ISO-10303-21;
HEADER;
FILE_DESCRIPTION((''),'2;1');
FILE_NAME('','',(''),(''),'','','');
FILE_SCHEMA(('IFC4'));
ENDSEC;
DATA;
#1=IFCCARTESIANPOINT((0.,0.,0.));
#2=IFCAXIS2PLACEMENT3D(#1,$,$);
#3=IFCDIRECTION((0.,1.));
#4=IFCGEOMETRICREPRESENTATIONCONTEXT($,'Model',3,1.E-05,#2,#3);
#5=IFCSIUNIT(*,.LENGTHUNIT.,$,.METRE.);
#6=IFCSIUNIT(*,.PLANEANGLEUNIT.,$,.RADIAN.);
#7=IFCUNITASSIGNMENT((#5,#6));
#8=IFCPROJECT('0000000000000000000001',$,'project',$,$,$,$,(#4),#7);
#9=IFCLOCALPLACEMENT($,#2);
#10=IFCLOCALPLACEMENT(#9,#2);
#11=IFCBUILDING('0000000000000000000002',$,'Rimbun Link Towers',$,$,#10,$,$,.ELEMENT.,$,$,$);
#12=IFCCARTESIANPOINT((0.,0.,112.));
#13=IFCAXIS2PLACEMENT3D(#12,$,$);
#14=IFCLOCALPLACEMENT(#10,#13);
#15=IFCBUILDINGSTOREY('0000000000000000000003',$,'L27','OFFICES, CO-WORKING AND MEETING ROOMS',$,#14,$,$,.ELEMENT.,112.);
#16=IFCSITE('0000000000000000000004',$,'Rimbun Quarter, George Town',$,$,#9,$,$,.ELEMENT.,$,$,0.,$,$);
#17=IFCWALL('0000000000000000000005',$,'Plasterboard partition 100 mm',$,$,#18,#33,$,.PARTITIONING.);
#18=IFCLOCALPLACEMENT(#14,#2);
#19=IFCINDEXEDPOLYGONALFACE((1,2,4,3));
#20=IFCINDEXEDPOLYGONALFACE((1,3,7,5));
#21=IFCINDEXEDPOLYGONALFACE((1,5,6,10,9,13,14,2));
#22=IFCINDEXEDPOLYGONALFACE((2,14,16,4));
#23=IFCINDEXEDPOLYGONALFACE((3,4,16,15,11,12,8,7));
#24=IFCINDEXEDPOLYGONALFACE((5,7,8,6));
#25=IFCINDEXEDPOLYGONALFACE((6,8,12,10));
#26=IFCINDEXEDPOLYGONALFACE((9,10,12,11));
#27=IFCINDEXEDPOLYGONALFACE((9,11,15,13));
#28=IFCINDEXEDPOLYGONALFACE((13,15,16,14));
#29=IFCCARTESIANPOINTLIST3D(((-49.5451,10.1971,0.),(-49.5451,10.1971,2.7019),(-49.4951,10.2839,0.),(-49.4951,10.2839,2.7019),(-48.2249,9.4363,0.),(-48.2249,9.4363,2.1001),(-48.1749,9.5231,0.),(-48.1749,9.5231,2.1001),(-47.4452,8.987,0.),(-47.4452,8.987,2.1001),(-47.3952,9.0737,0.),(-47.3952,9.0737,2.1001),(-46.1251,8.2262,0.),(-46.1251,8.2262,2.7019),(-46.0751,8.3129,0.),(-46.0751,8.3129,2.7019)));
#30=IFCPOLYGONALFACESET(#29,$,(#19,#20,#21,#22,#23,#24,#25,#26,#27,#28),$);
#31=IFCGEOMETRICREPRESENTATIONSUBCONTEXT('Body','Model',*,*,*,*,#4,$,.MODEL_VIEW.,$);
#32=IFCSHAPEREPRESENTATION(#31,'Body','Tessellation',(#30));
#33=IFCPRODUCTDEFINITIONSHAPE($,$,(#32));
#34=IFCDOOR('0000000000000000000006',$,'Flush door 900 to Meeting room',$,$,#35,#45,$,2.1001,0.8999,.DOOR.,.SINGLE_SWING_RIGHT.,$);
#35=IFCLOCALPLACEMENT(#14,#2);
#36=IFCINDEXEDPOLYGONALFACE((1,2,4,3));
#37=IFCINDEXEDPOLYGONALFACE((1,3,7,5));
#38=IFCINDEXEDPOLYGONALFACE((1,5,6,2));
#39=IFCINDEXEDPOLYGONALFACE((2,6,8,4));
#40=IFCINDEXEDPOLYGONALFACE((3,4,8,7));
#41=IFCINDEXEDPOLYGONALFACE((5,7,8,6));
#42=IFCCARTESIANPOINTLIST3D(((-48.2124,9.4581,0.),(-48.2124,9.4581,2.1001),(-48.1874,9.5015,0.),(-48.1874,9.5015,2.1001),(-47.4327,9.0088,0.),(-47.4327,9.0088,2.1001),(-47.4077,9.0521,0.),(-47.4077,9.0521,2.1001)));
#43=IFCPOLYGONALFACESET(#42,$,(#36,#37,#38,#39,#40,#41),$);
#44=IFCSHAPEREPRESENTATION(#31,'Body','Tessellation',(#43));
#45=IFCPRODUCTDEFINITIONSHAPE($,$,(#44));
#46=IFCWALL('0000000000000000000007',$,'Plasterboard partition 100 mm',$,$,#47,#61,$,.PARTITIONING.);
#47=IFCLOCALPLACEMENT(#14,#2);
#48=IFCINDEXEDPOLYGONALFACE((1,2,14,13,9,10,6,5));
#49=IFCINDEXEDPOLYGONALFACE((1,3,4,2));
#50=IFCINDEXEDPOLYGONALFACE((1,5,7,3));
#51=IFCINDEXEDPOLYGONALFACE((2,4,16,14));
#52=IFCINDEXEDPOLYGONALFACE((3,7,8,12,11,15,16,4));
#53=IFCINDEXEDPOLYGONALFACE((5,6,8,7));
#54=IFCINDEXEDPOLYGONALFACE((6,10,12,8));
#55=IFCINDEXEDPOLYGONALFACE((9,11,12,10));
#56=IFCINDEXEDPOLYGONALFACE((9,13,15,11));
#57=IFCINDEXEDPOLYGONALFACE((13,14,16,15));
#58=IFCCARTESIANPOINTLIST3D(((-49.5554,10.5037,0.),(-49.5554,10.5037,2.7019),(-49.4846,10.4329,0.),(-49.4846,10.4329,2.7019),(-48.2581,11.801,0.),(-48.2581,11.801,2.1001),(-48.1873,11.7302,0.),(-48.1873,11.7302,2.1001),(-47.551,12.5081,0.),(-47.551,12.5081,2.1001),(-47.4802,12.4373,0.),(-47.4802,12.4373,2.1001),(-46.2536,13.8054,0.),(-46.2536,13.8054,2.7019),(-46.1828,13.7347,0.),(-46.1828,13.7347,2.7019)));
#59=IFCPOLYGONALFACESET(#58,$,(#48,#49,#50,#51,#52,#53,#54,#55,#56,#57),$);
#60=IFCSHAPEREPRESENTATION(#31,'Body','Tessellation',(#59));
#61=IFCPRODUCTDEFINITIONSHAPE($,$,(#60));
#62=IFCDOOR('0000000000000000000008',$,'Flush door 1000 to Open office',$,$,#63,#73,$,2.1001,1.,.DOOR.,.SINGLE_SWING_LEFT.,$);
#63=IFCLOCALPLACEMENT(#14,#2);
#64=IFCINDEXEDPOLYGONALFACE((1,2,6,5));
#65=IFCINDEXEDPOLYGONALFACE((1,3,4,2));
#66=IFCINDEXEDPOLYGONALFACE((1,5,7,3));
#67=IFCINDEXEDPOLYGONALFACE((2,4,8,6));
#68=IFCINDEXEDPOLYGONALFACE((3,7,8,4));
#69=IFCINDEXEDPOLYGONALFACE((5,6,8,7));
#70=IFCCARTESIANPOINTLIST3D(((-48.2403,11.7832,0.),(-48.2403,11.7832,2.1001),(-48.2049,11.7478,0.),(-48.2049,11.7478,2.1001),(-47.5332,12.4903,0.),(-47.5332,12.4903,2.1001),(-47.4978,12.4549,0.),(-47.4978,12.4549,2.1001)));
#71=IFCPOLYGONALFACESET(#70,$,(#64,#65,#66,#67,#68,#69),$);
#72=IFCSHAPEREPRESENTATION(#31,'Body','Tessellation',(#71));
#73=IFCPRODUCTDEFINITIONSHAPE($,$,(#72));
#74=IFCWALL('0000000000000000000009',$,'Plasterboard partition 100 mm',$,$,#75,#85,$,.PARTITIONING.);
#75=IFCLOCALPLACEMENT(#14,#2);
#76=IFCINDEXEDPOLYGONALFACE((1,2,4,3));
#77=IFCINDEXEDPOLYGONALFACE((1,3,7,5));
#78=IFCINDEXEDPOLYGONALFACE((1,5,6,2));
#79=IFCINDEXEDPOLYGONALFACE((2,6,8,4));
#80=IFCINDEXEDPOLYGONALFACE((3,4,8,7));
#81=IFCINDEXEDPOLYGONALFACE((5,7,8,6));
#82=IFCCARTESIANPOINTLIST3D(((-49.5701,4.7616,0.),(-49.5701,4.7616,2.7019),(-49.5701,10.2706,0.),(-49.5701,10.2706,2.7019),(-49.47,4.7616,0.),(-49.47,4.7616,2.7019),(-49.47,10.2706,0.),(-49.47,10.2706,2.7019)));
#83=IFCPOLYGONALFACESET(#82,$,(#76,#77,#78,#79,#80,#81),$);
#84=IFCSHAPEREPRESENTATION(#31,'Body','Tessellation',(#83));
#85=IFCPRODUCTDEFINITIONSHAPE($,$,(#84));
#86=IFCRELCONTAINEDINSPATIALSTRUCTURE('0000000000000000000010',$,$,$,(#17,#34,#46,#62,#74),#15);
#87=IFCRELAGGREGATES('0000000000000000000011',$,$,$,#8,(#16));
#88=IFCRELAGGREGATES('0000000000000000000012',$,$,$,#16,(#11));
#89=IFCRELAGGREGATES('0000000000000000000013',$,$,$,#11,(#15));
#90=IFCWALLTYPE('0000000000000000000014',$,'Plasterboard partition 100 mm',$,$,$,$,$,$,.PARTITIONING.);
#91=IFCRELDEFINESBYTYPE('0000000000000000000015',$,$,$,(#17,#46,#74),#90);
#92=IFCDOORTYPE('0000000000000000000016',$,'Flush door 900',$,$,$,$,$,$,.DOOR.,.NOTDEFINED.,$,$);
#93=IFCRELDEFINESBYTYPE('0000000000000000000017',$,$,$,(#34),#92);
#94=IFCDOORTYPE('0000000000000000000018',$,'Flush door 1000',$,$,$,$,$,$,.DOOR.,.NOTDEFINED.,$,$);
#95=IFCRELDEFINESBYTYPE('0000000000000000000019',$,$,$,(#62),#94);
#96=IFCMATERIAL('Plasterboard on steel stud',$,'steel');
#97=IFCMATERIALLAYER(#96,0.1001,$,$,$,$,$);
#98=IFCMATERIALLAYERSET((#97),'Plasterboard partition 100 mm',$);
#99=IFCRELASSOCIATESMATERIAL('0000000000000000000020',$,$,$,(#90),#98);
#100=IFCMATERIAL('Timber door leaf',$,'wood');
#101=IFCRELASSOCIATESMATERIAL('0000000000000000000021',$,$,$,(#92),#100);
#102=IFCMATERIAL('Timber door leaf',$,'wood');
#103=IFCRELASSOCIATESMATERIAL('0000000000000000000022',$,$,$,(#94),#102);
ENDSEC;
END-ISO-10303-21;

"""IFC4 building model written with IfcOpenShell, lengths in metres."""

from ifc_helpers import new_model, si_unit, direction, frame, frame_2d, origin, place, context, subcontext, project, spatial, rectangle, extrude, material, layer, layer_set, type_object, element, fill, save


model = new_model("IFC4")

# Units and contexts
model_context = context("Model", 3, precision=1e-05, world=origin(), true_north=direction((0.0, 1.0)))
body_context = subcontext(model_context, "Body", "Model", "MODEL_VIEW")
ifc_project = project(units=[si_unit("LENGTHUNIT", "METRE"), si_unit("PLANEANGLEUNIT", "RADIAN")], contexts=[model_context])

# Site, building, storey
site_placement = place(None, origin())
site = spatial("IfcSite", under=ifc_project, at=site_placement, Name="Rimbun Quarter, George Town", CompositionType="ELEMENT", RefElevation=0.0)
building_placement = place(site_placement, origin())
building = spatial("IfcBuilding", under=site, at=building_placement, Name="Rimbun Link Towers", CompositionType="ELEMENT")
storey_placement = place(building_placement, frame((0.0, 0.0, 112.0)))
storey = spatial("IfcBuildingStorey", under=building, at=storey_placement, Name="L27", Description="OFFICES, CO-WORKING AND MEETING ROOMS", CompositionType="ELEMENT", Elevation=112.0)

# Walls, openings, doors
ifc_material_1 = material(Name="Plasterboard on steel stud", Category="steel")
ifc_layer_1 = layer(ifc_material_1, 0.1001)
ifc_layer_set_1 = layer_set([ifc_layer_1], Name="Plasterboard partition 100 mm")
wall_type_1 = type_object("IfcWallType", Name="Plasterboard partition 100 mm", PredefinedType="PARTITIONING", material=ifc_layer_set_1)
wall_1_placement = place(storey_placement, frame((-46.1001, 8.2695, 0.0), z_axis=(0.0, 0.0, 1.0), x_axis=(-0.866414, 0.499326, 0.0)))
wall_1 = element("IfcWall", 1, at=wall_1_placement, inside=storey, type_object=wall_type_1, Name="Plasterboard partition 100 mm", PredefinedType="PARTITIONING", context=body_context, shape_type="SweptSolid", body=[
    extrude(rectangle(XDim=3.9473, YDim=0.1001, at=frame_2d((1.9736, 0.0))), origin(), (0.0, 0.0, 1.0), 2.7019),
])
opening_1_placement = place(wall_1_placement, frame((1.5237, 0.0, 0.0)))
opening_1 = element("IfcOpeningElement", 2, at=opening_1_placement, cuts=wall_1, PredefinedType="OPENING", context=body_context, shape_type="SweptSolid", body=[
    extrude(rectangle(XDim=0.8999, YDim=2.1001, at=frame_2d((0.45, 1.05))), frame((0.0, 0.0601, 0.0), z_axis=(0.0, -1.0, 0.0), x_axis=(1.0, 0.0, 0.0)), (0.0, 0.0, 1.0), 0.1201),
])
ifc_material_2 = material(Name="Timber door leaf", Category="wood")
door_type_1 = type_object("IfcDoorType", Name="Flush door 900", OperationType="NOTDEFINED", PredefinedType="DOOR", material=ifc_material_2)
door_1_placement = place(opening_1_placement, origin())
door_1 = element("IfcDoor", 3, at=door_1_placement, inside=storey, type_object=door_type_1, Name="Flush door 900 to Meeting room", OperationType="SINGLE_SWING_RIGHT", OverallHeight=2.1001, OverallWidth=0.8999, PredefinedType="DOOR", context=body_context, shape_type="SweptSolid", body=[
    extrude(rectangle(XDim=0.8999, YDim=2.1001, at=frame_2d((0.45, 1.05))), frame((0.0, 0.0249, 0.0), z_axis=(0.0, -1.0, 0.0), x_axis=(1.0, 0.0, 0.0)), (0.0, 0.0, 1.0), 0.05),
])
fill(opening_1, door_1)
wall_2_placement = place(storey_placement, frame((-49.52, 10.4683, 0.0), z_axis=(0.0, 0.0, 1.0), x_axis=(0.707107, 0.707107, 0.0)))
wall_2 = element("IfcWall", 4, at=wall_2_placement, inside=storey, type_object=wall_type_1, Name="Plasterboard partition 100 mm", PredefinedType="PARTITIONING", context=body_context, shape_type="SweptSolid", body=[
    extrude(rectangle(XDim=4.6694, YDim=0.1001, at=frame_2d((2.3347, 0.0))), origin(), (0.0, 0.0, 1.0), 2.7019),
])
opening_2_placement = place(wall_2_placement, frame((1.8347, 0.0, 0.0)))
opening_2 = element("IfcOpeningElement", 5, at=opening_2_placement, cuts=wall_2, PredefinedType="OPENING", context=body_context, shape_type="SweptSolid", body=[
    extrude(rectangle(XDim=1.0, YDim=2.1001, at=frame_2d((0.5, 1.05))), frame((0.0, 0.0601, 0.0), z_axis=(0.0, -1.0, 0.0), x_axis=(1.0, 0.0, 0.0)), (0.0, 0.0, 1.0), 0.1201),
])
ifc_material_3 = material(Name="Timber door leaf", Category="wood")
door_type_2 = type_object("IfcDoorType", Name="Flush door 1000", OperationType="NOTDEFINED", PredefinedType="DOOR", material=ifc_material_3)
door_2_placement = place(opening_2_placement, origin())
door_2 = element("IfcDoor", 6, at=door_2_placement, inside=storey, type_object=door_type_2, Name="Flush door 1000 to Open office", OperationType="SINGLE_SWING_LEFT", OverallHeight=2.1001, OverallWidth=1.0, PredefinedType="DOOR", context=body_context, shape_type="SweptSolid", body=[
    extrude(rectangle(XDim=1.0, YDim=2.1001, at=frame_2d((0.5, 1.05))), frame((0.0, 0.0249, 0.0), z_axis=(0.0, -1.0, 0.0), x_axis=(1.0, 0.0, 0.0)), (0.0, 0.0, 1.0), 0.05),
])
fill(opening_2, door_2)

# Wall
wall_3_placement = place(storey_placement, frame((-49.52, 10.2705, 0.0), z_axis=(0.0, 0.0, 1.0), x_axis=(0.0, -1.0, 0.0)))
element("IfcWall", 7, at=wall_3_placement, inside=storey, type_object=wall_type_1, Name="Plasterboard partition 100 mm", PredefinedType="PARTITIONING", context=body_context, shape_type="SweptSolid", body=[
    extrude(rectangle(XDim=5.509, YDim=0.1001, at=frame_2d((2.7544, 0.0))), origin(), (0.0, 0.0, 1.0), 2.7019),
])

save(model, "model.ifc")
